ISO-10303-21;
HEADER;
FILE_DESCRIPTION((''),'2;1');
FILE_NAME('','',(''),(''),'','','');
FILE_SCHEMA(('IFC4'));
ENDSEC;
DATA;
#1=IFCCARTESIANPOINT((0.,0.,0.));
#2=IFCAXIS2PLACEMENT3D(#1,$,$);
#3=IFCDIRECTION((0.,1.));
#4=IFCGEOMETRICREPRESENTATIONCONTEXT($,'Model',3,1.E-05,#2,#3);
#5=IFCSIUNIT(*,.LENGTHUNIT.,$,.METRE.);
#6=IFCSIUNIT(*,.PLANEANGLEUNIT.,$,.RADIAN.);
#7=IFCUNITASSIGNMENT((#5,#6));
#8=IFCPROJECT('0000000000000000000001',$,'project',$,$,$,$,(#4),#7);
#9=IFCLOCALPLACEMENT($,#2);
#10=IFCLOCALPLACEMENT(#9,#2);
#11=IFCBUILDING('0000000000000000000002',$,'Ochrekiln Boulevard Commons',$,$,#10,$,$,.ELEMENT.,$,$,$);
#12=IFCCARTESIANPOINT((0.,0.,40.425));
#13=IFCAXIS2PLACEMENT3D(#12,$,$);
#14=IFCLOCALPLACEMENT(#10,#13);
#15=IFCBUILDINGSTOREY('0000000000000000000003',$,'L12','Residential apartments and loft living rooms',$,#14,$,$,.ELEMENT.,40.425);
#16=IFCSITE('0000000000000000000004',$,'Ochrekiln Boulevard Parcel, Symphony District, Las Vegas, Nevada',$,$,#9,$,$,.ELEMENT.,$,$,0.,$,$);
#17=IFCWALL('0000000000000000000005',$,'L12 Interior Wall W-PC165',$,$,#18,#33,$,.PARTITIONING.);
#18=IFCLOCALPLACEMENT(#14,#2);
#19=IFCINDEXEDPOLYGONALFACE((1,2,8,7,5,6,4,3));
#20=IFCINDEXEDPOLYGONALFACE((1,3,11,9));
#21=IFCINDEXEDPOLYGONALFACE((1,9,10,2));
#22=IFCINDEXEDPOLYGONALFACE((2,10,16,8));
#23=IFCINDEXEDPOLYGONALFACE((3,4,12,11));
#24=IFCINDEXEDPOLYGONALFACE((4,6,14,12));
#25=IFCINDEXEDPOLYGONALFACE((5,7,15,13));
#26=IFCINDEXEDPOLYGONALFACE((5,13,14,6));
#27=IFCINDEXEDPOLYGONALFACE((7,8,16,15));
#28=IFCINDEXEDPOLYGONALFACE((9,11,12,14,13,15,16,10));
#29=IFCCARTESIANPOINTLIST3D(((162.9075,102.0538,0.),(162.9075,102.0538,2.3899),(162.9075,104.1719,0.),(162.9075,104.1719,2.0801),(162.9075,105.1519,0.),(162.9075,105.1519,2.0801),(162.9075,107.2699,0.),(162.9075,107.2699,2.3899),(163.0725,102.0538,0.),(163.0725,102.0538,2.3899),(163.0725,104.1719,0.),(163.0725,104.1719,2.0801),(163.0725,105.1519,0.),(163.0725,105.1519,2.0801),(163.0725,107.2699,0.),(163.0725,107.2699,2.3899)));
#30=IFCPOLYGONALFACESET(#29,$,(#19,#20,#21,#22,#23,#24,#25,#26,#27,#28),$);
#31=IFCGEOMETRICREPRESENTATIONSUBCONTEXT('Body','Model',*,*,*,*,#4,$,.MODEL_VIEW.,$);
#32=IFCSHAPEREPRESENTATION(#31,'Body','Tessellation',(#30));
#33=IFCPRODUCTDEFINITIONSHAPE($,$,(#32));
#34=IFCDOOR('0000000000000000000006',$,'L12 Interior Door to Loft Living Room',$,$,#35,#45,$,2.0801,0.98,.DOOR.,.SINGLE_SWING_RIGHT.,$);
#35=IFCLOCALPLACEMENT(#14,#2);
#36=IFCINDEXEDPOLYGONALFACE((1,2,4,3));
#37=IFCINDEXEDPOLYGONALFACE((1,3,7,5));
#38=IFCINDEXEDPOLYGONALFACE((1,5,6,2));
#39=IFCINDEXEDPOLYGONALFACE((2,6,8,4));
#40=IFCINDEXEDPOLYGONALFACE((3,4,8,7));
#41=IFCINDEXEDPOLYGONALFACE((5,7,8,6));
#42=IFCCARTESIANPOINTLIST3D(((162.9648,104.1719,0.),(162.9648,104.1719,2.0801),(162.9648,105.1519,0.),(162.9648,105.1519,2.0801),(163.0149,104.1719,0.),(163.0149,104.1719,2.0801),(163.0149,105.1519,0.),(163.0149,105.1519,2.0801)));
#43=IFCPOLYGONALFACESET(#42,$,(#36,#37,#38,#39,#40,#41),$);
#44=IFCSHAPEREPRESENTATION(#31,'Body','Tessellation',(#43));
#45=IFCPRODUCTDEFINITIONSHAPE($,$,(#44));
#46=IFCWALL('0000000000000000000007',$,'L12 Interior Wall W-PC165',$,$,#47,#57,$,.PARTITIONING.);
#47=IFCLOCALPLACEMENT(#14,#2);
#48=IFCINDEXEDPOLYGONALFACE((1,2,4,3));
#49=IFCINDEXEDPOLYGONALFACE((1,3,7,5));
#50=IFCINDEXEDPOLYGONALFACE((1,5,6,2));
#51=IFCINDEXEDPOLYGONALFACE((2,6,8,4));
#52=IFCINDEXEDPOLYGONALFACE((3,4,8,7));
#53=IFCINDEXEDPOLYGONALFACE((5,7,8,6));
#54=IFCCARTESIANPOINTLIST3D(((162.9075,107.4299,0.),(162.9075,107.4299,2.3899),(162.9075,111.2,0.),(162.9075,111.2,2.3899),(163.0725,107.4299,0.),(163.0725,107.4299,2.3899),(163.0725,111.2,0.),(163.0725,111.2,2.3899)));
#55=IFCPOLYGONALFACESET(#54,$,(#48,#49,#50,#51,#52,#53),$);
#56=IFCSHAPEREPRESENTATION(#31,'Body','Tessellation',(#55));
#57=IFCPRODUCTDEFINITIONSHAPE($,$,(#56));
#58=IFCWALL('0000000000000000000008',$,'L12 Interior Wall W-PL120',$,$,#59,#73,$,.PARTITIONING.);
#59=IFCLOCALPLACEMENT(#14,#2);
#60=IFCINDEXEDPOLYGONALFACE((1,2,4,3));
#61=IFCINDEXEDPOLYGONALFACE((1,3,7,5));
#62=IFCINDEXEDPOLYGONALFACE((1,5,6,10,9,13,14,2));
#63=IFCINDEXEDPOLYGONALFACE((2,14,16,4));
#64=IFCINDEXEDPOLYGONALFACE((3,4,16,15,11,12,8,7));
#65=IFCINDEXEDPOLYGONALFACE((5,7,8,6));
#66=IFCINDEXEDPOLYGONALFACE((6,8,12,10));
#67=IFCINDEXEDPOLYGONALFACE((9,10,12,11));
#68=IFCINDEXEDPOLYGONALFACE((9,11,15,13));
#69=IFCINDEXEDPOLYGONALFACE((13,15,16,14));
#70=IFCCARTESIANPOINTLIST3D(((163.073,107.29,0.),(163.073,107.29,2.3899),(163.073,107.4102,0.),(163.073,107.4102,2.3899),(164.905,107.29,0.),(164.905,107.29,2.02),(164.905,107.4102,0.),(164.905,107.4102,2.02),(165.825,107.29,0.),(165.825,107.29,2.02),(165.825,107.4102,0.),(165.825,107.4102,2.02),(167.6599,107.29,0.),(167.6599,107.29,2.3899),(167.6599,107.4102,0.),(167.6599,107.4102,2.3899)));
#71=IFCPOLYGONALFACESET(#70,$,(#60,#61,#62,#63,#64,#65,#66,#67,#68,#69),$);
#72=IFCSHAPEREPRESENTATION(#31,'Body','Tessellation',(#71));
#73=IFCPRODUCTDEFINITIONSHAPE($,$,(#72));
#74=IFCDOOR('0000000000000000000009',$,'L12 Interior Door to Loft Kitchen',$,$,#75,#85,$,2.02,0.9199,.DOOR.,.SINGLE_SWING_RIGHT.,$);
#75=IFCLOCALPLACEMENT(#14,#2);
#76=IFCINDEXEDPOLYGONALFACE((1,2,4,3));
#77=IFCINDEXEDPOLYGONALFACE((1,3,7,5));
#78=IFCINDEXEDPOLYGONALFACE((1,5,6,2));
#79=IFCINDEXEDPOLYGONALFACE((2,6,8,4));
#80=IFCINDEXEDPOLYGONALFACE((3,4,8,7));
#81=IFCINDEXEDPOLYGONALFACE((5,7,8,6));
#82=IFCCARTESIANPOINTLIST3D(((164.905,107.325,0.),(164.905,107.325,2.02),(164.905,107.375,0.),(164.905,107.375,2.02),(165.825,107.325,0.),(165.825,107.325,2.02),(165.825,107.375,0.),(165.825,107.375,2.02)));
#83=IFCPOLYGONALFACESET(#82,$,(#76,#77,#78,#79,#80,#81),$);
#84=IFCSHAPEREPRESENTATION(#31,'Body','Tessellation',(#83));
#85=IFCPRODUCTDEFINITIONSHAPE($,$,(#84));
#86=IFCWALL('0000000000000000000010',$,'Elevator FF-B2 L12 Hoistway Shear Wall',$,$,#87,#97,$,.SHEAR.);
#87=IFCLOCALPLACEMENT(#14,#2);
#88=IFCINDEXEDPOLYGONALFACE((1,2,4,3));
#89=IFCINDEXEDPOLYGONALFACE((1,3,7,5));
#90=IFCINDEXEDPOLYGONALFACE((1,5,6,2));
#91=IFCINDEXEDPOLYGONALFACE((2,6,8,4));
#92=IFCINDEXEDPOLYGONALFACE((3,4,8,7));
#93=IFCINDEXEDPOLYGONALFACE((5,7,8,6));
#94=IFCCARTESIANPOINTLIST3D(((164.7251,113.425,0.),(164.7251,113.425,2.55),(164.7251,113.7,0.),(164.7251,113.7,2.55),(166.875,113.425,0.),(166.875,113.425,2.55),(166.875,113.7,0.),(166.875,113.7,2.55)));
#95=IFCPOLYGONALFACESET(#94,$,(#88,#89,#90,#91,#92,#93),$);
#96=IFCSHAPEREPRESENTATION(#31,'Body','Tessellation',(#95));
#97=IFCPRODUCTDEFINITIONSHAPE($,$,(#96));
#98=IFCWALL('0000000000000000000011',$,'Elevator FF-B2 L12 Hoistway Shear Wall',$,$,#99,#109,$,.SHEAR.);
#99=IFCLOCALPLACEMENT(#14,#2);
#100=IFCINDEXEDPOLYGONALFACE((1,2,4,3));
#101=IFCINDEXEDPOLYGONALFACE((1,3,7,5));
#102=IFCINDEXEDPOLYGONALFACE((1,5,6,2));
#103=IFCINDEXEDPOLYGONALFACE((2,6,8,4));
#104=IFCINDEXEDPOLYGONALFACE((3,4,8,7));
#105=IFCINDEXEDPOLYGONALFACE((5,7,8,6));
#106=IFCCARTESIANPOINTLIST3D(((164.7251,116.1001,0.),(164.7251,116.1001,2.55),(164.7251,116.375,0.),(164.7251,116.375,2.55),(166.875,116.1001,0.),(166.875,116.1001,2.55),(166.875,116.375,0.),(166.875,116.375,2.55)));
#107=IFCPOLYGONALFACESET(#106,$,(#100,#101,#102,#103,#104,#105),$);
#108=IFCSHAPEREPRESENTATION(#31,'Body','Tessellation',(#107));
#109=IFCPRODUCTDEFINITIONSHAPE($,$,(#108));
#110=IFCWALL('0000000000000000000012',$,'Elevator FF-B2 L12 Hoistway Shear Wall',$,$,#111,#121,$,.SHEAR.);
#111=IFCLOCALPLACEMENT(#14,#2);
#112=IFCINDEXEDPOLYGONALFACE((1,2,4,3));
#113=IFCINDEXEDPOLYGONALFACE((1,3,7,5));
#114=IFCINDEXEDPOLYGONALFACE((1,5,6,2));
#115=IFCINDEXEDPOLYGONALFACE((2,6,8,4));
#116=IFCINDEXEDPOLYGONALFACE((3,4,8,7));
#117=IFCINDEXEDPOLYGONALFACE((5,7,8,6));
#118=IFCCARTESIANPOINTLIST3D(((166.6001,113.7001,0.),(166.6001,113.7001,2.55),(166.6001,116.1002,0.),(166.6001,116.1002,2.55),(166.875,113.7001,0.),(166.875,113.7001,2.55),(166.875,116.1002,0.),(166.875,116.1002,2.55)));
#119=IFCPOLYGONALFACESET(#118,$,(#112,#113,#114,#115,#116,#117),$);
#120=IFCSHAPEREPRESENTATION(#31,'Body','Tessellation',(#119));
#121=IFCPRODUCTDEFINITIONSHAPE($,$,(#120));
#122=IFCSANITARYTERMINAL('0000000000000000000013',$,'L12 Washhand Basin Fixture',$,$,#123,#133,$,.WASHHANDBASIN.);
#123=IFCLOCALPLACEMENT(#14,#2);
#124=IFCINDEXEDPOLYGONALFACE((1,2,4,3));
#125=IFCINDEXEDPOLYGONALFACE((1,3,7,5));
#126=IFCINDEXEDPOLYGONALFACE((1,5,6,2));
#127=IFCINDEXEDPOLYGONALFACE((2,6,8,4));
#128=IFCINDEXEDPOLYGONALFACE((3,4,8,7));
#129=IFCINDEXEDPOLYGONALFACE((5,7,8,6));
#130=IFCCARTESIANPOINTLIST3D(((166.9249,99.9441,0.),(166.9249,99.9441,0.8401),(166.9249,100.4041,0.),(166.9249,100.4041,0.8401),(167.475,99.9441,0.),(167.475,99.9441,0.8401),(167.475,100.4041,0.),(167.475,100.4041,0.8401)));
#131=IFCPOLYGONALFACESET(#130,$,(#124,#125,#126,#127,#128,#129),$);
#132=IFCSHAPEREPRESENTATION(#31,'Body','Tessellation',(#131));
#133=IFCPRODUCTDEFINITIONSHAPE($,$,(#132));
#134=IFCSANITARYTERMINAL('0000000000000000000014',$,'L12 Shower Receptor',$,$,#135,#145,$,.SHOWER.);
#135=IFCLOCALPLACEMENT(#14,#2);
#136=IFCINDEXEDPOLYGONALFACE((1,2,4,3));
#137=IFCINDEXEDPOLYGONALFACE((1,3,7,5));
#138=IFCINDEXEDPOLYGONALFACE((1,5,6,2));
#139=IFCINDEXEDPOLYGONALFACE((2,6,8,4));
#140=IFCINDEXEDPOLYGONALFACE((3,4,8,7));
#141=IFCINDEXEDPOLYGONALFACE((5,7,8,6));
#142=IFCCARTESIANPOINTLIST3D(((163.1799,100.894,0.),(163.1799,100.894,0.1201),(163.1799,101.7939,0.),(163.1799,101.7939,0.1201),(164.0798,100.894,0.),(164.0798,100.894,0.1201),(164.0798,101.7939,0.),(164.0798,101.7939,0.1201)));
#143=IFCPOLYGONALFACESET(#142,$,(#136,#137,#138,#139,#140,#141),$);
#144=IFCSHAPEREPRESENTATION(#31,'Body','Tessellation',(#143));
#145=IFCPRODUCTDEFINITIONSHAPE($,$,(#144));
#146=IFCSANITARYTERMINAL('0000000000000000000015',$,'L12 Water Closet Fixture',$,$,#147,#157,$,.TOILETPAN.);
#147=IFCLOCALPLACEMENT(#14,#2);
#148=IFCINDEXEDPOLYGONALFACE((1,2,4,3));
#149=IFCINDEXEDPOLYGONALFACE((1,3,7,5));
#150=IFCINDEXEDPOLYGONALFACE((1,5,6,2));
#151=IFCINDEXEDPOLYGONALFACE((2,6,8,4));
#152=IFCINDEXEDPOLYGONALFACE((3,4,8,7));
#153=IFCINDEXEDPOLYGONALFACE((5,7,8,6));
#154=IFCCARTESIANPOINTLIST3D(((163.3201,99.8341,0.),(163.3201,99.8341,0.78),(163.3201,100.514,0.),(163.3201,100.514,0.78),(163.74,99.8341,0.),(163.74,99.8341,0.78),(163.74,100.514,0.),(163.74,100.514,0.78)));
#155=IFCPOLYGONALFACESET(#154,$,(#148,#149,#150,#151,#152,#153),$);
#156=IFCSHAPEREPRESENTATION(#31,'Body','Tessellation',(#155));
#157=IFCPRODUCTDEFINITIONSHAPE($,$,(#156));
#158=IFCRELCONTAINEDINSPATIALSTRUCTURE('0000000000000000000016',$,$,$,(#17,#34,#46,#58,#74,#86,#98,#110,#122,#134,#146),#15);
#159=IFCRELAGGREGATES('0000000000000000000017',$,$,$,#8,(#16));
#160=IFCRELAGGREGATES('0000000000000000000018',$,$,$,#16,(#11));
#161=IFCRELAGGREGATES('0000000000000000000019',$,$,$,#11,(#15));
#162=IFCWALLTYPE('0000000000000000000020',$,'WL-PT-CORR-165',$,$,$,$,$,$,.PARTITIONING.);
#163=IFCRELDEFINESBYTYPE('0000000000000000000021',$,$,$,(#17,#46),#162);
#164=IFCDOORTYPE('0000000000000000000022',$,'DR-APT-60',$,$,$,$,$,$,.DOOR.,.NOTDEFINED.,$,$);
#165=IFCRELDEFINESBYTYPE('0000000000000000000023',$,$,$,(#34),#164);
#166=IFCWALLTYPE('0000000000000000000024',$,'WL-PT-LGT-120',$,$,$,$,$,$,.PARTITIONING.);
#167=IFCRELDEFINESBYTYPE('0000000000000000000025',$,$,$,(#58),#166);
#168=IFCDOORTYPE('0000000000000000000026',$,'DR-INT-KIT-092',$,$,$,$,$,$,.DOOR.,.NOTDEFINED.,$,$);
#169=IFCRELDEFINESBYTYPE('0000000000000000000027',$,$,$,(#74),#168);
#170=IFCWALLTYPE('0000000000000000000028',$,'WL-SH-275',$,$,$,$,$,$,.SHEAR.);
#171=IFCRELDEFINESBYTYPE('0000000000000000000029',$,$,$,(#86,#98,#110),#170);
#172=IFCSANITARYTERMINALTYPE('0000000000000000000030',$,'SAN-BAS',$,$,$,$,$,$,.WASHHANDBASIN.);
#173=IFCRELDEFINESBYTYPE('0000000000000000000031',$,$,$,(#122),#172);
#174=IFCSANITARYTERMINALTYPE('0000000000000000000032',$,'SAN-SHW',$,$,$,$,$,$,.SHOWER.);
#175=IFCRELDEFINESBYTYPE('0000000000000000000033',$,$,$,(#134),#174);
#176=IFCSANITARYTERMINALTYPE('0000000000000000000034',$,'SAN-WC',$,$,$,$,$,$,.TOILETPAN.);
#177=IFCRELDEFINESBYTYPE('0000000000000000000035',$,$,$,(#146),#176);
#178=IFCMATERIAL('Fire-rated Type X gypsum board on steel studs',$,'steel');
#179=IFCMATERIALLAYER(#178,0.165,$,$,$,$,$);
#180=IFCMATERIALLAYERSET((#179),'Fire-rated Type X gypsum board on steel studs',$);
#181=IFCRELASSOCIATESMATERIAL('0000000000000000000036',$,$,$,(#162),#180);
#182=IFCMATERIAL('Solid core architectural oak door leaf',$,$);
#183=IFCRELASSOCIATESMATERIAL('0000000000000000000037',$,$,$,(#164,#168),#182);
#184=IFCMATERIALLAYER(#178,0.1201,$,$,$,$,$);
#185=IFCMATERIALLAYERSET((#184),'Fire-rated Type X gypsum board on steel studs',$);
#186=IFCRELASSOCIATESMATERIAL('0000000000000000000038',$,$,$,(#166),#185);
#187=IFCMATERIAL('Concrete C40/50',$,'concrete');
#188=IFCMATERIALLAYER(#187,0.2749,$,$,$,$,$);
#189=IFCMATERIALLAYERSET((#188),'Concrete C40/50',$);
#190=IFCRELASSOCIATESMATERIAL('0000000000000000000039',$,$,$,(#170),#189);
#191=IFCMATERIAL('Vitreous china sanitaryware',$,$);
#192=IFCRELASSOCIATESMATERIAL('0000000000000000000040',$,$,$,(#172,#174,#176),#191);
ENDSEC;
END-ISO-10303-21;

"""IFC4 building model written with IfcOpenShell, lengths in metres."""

from ifc_helpers import new_model, si_unit, direction, frame, frame_2d, origin, origin_2d, place, context, subcontext, project, spatial, rectangle, extrude, material, layer, layer_set, type_object, element, fill, save


model = new_model("IFC4")

# Units and contexts
model_context = context("Model", 3, precision=1e-05, world=origin(), true_north=direction((0.0, 1.0)))
body_context = subcontext(model_context, "Body", "Model", "MODEL_VIEW")
ifc_project = project(units=[si_unit("LENGTHUNIT", "METRE"), si_unit("PLANEANGLEUNIT", "RADIAN")], contexts=[model_context])

# Site, building, storey
site_placement = place(None, origin())
site = spatial("IfcSite", under=ifc_project, at=site_placement, Name="Ochrekiln Boulevard Parcel, Symphony District, Las Vegas, Nevada", CompositionType="ELEMENT", RefElevation=0.0)
building_placement = place(site_placement, origin())
building = spatial("IfcBuilding", under=site, at=building_placement, Name="Ochrekiln Boulevard Commons", CompositionType="ELEMENT")
storey_placement = place(building_placement, frame((0.0, 0.0, 40.425)))
storey = spatial("IfcBuildingStorey", under=building, at=storey_placement, Name="L12", Description="Residential apartments and loft living rooms", CompositionType="ELEMENT", Elevation=40.425)

# Shared definitions
ifc_material_1 = material(Name="Concrete C40/50", Category="concrete")

# Shared definitions
ifc_material_2 = material(Name="Solid core architectural oak door leaf")
ifc_material_3 = material(Name="Fire-rated Type X gypsum board on steel studs", Category="steel")
ifc_layer_1 = layer(ifc_material_3, 0.165)
ifc_layer_set_1 = layer_set([ifc_layer_1], Name="Fire-rated Type X gypsum board on steel studs")
wall_type_1 = type_object("IfcWallType", Name="WL-PT-CORR-165", PredefinedType="PARTITIONING", material=ifc_layer_set_1)
door_type_1 = type_object("IfcDoorType", Name="DR-APT-60", OperationType="NOTDEFINED", PredefinedType="DOOR", material=ifc_material_2)

# Wall, opening, door
wall_1_placement = place(storey_placement, frame((162.99, 102.054, 0.0), z_axis=(0.0, 0.0, 1.0), x_axis=(0.0, 1.0, 0.0)))
wall_1 = element("IfcWall", 1, at=wall_1_placement, inside=storey, type_object=wall_type_1, Name="L12 Interior Wall W-PC165", PredefinedType="PARTITIONING", context=body_context, shape_type="SweptSolid", body=[
    extrude(rectangle(XDim=5.2161, YDim=0.165, at=frame_2d((2.6079, 0.0))), origin(), (0.0, 0.0, 1.0), 2.3899),
])
opening_1_placement = place(wall_1_placement, frame((2.1179, 0.0, 0.0)))
opening_1 = element("IfcOpeningElement", 2, at=opening_1_placement, cuts=wall_1, PredefinedType="OPENING", context=body_context, shape_type="SweptSolid", body=[
    extrude(rectangle(XDim=0.98, YDim=2.0801, at=frame_2d((0.49, 1.04))), frame((0.0, 0.0925, 0.0), z_axis=(0.0, -1.0, 0.0), x_axis=(1.0, 0.0, 0.0)), (0.0, 0.0, 1.0), 0.1851),
])
door_1_placement = place(opening_1_placement, frame((0.98, 0.0, 0.0), z_axis=(0.0, 0.0, 1.0), x_axis=(-1.0, 0.0, 0.0)))
door_1 = element("IfcDoor", 3, at=door_1_placement, inside=storey, type_object=door_type_1, Name="L12 Interior Door to Loft Living Room", OperationType="SINGLE_SWING_RIGHT", OverallHeight=2.0801, OverallWidth=0.98, PredefinedType="DOOR", context=body_context, shape_type="SweptSolid", body=[
    extrude(rectangle(XDim=0.98, YDim=2.0801, at=frame_2d((0.49, 1.04))), frame((0.0, 0.0249, 0.0), z_axis=(0.0, -1.0, 0.0), x_axis=(1.0, 0.0, 0.0)), (0.0, 0.0, 1.0), 0.05),
])
fill(opening_1, door_1)

# Wall
wall_2_placement = place(storey_placement, frame((162.99, 107.4299, 0.0), z_axis=(0.0, 0.0, 1.0), x_axis=(0.0, 1.0, 0.0)))
element("IfcWall", 4, at=wall_2_placement, inside=storey, type_object=wall_type_1, Name="L12 Interior Wall W-PC165", PredefinedType="PARTITIONING", context=body_context, shape_type="SweptSolid", body=[
    extrude(rectangle(XDim=3.77, YDim=0.165, at=frame_2d((1.885, 0.0))), origin(), (0.0, 0.0, 1.0), 2.3899),
])

# Wall, opening, door
ifc_layer_2 = layer(ifc_material_3, 0.1201)
ifc_layer_set_2 = layer_set([ifc_layer_2], Name="Fire-rated Type X gypsum board on steel studs")
wall_type_2 = type_object("IfcWallType", Name="WL-PT-LGT-120", PredefinedType="PARTITIONING", material=ifc_layer_set_2)
wall_3_placement = place(storey_placement, frame((163.073, 107.3501, 0.0), z_axis=(0.0, 0.0, 1.0), x_axis=(1.0, 0.0, 0.0)))
wall_3 = element("IfcWall", 5, at=wall_3_placement, inside=storey, type_object=wall_type_2, Name="L12 Interior Wall W-PL120", PredefinedType="PARTITIONING", context=body_context, shape_type="SweptSolid", body=[
    extrude(rectangle(XDim=4.5869, YDim=0.1201, at=frame_2d((2.2935, 0.0))), origin(), (0.0, 0.0, 1.0), 2.3899),
])
opening_2_placement = place(wall_3_placement, frame((1.832, 0.0, 0.0)))
opening_2 = element("IfcOpeningElement", 6, at=opening_2_placement, cuts=wall_3, PredefinedType="OPENING", context=body_context, shape_type="SweptSolid", body=[
    extrude(rectangle(XDim=0.9199, YDim=2.02, at=frame_2d((0.46, 1.01))), frame((0.0, 0.0701, 0.0), z_axis=(0.0, -1.0, 0.0), x_axis=(1.0, 0.0, 0.0)), (0.0, 0.0, 1.0), 0.1401),
])
door_type_2 = type_object("IfcDoorType", Name="DR-INT-KIT-092", OperationType="NOTDEFINED", PredefinedType="DOOR", material=ifc_material_2)
door_2_placement = place(opening_2_placement, origin())
door_2 = element("IfcDoor", 7, at=door_2_placement, inside=storey, type_object=door_type_2, Name="L12 Interior Door to Loft Kitchen", OperationType="SINGLE_SWING_RIGHT", OverallHeight=2.02, OverallWidth=0.9199, PredefinedType="DOOR", context=body_context, shape_type="SweptSolid", body=[
    extrude(rectangle(XDim=0.9199, YDim=2.02, at=frame_2d((0.46, 1.01))), frame((0.0, 0.0249, 0.0), z_axis=(0.0, -1.0, 0.0), x_axis=(1.0, 0.0, 0.0)), (0.0, 0.0, 1.0), 0.05),
])
fill(opening_2, door_2)

# Walls
ifc_layer_3 = layer(ifc_material_1, 0.2749)
ifc_layer_set_3 = layer_set([ifc_layer_3], Name="Concrete C40/50")
wall_type_3 = type_object("IfcWallType", Name="WL-SH-275", PredefinedType="SHEAR", material=ifc_layer_set_3)
for number, where, z_axis, x_axis, name in (
    (8, (164.7251, 113.5625, 0.0), (0.0, 0.0, 1.0), (1.0, 0.0, 0.0), "Elevator FF-B2 L12 Hoistway Shear Wall"),
    (9, (164.7251, 116.2375, 0.0), (0.0, 0.0, 1.0), (1.0, 0.0, 0.0), "Elevator FF-B2 L12 Hoistway Shear Wall"),
):
    element("IfcWall", number, at=place(storey_placement, frame(where, z_axis=z_axis, x_axis=x_axis)), inside=storey, type_object=wall_type_3, Name=name, PredefinedType="SHEAR", context=body_context, shape_type="SweptSolid", body=[
        extrude(rectangle(XDim=2.1499, YDim=0.2749, at=frame_2d((1.075, 0.0))), origin(), (0.0, 0.0, 1.0), 2.55),
    ])

# Wall
wall_4_placement = place(storey_placement, frame((166.7375, 113.7, 0.0), z_axis=(0.0, 0.0, 1.0), x_axis=(0.0, 1.0, 0.0)))
element("IfcWall", 10, at=wall_4_placement, inside=storey, type_object=wall_type_3, Name="Elevator FF-B2 L12 Hoistway Shear Wall", PredefinedType="SHEAR", context=body_context, shape_type="SweptSolid", body=[
    extrude(rectangle(XDim=2.4001, YDim=0.2749, at=frame_2d((1.2002, 0.0))), origin(), (0.0, 0.0, 1.0), 2.55),
])

# Sanitary terminals
ifc_material_4 = material(Name="Vitreous china sanitaryware")
sanitary_terminal_type_1 = type_object("IfcSanitaryTerminalType", Name="SAN-BAS", PredefinedType="WASHHANDBASIN", material=ifc_material_4)
sanitary_terminal_1_placement = place(storey_placement, frame((167.2, 100.1741, 0.0), z_axis=(0.0, 0.0, 1.0), x_axis=(1.0, 0.0, 0.0)))
element("IfcSanitaryTerminal", 11, at=sanitary_terminal_1_placement, inside=storey, type_object=sanitary_terminal_type_1, Name="L12 Washhand Basin Fixture", PredefinedType="WASHHANDBASIN", context=body_context, shape_type="SweptSolid", body=[
    extrude(rectangle(XDim=0.55, YDim=0.46, at=origin_2d()), origin(), (0.0, 0.0, 1.0), 0.8401),
])
sanitary_terminal_type_2 = type_object("IfcSanitaryTerminalType", Name="SAN-SHW", PredefinedType="SHOWER", material=ifc_material_4)
sanitary_terminal_2_placement = place(storey_placement, frame((163.6299, 101.344, 0.0), z_axis=(0.0, 0.0, 1.0), x_axis=(1.0, 0.0, 0.0)))
element("IfcSanitaryTerminal", 12, at=sanitary_terminal_2_placement, inside=storey, type_object=sanitary_terminal_type_2, Name="L12 Shower Receptor", PredefinedType="SHOWER", context=body_context, shape_type="SweptSolid", body=[
    extrude(rectangle(XDim=0.8999, YDim=0.8999, at=origin_2d()), origin(), (0.0, 0.0, 1.0), 0.1201),
])
sanitary_terminal_type_3 = type_object("IfcSanitaryTerminalType", Name="SAN-WC", PredefinedType="TOILETPAN", material=ifc_material_4)
sanitary_terminal_3_placement = place(storey_placement, frame((163.53, 100.1741, 0.0), z_axis=(0.0, 0.0, 1.0), x_axis=(1.0, 0.0, 0.0)))
element("IfcSanitaryTerminal", 13, at=sanitary_terminal_3_placement, inside=storey, type_object=sanitary_terminal_type_3, Name="L12 Water Closet Fixture", PredefinedType="TOILETPAN", context=body_context, shape_type="SweptSolid", body=[
    extrude(rectangle(XDim=0.4199, YDim=0.6799, at=origin_2d()), origin(), (0.0, 0.0, 1.0), 0.78),
])

save(model, "model.ifc")
